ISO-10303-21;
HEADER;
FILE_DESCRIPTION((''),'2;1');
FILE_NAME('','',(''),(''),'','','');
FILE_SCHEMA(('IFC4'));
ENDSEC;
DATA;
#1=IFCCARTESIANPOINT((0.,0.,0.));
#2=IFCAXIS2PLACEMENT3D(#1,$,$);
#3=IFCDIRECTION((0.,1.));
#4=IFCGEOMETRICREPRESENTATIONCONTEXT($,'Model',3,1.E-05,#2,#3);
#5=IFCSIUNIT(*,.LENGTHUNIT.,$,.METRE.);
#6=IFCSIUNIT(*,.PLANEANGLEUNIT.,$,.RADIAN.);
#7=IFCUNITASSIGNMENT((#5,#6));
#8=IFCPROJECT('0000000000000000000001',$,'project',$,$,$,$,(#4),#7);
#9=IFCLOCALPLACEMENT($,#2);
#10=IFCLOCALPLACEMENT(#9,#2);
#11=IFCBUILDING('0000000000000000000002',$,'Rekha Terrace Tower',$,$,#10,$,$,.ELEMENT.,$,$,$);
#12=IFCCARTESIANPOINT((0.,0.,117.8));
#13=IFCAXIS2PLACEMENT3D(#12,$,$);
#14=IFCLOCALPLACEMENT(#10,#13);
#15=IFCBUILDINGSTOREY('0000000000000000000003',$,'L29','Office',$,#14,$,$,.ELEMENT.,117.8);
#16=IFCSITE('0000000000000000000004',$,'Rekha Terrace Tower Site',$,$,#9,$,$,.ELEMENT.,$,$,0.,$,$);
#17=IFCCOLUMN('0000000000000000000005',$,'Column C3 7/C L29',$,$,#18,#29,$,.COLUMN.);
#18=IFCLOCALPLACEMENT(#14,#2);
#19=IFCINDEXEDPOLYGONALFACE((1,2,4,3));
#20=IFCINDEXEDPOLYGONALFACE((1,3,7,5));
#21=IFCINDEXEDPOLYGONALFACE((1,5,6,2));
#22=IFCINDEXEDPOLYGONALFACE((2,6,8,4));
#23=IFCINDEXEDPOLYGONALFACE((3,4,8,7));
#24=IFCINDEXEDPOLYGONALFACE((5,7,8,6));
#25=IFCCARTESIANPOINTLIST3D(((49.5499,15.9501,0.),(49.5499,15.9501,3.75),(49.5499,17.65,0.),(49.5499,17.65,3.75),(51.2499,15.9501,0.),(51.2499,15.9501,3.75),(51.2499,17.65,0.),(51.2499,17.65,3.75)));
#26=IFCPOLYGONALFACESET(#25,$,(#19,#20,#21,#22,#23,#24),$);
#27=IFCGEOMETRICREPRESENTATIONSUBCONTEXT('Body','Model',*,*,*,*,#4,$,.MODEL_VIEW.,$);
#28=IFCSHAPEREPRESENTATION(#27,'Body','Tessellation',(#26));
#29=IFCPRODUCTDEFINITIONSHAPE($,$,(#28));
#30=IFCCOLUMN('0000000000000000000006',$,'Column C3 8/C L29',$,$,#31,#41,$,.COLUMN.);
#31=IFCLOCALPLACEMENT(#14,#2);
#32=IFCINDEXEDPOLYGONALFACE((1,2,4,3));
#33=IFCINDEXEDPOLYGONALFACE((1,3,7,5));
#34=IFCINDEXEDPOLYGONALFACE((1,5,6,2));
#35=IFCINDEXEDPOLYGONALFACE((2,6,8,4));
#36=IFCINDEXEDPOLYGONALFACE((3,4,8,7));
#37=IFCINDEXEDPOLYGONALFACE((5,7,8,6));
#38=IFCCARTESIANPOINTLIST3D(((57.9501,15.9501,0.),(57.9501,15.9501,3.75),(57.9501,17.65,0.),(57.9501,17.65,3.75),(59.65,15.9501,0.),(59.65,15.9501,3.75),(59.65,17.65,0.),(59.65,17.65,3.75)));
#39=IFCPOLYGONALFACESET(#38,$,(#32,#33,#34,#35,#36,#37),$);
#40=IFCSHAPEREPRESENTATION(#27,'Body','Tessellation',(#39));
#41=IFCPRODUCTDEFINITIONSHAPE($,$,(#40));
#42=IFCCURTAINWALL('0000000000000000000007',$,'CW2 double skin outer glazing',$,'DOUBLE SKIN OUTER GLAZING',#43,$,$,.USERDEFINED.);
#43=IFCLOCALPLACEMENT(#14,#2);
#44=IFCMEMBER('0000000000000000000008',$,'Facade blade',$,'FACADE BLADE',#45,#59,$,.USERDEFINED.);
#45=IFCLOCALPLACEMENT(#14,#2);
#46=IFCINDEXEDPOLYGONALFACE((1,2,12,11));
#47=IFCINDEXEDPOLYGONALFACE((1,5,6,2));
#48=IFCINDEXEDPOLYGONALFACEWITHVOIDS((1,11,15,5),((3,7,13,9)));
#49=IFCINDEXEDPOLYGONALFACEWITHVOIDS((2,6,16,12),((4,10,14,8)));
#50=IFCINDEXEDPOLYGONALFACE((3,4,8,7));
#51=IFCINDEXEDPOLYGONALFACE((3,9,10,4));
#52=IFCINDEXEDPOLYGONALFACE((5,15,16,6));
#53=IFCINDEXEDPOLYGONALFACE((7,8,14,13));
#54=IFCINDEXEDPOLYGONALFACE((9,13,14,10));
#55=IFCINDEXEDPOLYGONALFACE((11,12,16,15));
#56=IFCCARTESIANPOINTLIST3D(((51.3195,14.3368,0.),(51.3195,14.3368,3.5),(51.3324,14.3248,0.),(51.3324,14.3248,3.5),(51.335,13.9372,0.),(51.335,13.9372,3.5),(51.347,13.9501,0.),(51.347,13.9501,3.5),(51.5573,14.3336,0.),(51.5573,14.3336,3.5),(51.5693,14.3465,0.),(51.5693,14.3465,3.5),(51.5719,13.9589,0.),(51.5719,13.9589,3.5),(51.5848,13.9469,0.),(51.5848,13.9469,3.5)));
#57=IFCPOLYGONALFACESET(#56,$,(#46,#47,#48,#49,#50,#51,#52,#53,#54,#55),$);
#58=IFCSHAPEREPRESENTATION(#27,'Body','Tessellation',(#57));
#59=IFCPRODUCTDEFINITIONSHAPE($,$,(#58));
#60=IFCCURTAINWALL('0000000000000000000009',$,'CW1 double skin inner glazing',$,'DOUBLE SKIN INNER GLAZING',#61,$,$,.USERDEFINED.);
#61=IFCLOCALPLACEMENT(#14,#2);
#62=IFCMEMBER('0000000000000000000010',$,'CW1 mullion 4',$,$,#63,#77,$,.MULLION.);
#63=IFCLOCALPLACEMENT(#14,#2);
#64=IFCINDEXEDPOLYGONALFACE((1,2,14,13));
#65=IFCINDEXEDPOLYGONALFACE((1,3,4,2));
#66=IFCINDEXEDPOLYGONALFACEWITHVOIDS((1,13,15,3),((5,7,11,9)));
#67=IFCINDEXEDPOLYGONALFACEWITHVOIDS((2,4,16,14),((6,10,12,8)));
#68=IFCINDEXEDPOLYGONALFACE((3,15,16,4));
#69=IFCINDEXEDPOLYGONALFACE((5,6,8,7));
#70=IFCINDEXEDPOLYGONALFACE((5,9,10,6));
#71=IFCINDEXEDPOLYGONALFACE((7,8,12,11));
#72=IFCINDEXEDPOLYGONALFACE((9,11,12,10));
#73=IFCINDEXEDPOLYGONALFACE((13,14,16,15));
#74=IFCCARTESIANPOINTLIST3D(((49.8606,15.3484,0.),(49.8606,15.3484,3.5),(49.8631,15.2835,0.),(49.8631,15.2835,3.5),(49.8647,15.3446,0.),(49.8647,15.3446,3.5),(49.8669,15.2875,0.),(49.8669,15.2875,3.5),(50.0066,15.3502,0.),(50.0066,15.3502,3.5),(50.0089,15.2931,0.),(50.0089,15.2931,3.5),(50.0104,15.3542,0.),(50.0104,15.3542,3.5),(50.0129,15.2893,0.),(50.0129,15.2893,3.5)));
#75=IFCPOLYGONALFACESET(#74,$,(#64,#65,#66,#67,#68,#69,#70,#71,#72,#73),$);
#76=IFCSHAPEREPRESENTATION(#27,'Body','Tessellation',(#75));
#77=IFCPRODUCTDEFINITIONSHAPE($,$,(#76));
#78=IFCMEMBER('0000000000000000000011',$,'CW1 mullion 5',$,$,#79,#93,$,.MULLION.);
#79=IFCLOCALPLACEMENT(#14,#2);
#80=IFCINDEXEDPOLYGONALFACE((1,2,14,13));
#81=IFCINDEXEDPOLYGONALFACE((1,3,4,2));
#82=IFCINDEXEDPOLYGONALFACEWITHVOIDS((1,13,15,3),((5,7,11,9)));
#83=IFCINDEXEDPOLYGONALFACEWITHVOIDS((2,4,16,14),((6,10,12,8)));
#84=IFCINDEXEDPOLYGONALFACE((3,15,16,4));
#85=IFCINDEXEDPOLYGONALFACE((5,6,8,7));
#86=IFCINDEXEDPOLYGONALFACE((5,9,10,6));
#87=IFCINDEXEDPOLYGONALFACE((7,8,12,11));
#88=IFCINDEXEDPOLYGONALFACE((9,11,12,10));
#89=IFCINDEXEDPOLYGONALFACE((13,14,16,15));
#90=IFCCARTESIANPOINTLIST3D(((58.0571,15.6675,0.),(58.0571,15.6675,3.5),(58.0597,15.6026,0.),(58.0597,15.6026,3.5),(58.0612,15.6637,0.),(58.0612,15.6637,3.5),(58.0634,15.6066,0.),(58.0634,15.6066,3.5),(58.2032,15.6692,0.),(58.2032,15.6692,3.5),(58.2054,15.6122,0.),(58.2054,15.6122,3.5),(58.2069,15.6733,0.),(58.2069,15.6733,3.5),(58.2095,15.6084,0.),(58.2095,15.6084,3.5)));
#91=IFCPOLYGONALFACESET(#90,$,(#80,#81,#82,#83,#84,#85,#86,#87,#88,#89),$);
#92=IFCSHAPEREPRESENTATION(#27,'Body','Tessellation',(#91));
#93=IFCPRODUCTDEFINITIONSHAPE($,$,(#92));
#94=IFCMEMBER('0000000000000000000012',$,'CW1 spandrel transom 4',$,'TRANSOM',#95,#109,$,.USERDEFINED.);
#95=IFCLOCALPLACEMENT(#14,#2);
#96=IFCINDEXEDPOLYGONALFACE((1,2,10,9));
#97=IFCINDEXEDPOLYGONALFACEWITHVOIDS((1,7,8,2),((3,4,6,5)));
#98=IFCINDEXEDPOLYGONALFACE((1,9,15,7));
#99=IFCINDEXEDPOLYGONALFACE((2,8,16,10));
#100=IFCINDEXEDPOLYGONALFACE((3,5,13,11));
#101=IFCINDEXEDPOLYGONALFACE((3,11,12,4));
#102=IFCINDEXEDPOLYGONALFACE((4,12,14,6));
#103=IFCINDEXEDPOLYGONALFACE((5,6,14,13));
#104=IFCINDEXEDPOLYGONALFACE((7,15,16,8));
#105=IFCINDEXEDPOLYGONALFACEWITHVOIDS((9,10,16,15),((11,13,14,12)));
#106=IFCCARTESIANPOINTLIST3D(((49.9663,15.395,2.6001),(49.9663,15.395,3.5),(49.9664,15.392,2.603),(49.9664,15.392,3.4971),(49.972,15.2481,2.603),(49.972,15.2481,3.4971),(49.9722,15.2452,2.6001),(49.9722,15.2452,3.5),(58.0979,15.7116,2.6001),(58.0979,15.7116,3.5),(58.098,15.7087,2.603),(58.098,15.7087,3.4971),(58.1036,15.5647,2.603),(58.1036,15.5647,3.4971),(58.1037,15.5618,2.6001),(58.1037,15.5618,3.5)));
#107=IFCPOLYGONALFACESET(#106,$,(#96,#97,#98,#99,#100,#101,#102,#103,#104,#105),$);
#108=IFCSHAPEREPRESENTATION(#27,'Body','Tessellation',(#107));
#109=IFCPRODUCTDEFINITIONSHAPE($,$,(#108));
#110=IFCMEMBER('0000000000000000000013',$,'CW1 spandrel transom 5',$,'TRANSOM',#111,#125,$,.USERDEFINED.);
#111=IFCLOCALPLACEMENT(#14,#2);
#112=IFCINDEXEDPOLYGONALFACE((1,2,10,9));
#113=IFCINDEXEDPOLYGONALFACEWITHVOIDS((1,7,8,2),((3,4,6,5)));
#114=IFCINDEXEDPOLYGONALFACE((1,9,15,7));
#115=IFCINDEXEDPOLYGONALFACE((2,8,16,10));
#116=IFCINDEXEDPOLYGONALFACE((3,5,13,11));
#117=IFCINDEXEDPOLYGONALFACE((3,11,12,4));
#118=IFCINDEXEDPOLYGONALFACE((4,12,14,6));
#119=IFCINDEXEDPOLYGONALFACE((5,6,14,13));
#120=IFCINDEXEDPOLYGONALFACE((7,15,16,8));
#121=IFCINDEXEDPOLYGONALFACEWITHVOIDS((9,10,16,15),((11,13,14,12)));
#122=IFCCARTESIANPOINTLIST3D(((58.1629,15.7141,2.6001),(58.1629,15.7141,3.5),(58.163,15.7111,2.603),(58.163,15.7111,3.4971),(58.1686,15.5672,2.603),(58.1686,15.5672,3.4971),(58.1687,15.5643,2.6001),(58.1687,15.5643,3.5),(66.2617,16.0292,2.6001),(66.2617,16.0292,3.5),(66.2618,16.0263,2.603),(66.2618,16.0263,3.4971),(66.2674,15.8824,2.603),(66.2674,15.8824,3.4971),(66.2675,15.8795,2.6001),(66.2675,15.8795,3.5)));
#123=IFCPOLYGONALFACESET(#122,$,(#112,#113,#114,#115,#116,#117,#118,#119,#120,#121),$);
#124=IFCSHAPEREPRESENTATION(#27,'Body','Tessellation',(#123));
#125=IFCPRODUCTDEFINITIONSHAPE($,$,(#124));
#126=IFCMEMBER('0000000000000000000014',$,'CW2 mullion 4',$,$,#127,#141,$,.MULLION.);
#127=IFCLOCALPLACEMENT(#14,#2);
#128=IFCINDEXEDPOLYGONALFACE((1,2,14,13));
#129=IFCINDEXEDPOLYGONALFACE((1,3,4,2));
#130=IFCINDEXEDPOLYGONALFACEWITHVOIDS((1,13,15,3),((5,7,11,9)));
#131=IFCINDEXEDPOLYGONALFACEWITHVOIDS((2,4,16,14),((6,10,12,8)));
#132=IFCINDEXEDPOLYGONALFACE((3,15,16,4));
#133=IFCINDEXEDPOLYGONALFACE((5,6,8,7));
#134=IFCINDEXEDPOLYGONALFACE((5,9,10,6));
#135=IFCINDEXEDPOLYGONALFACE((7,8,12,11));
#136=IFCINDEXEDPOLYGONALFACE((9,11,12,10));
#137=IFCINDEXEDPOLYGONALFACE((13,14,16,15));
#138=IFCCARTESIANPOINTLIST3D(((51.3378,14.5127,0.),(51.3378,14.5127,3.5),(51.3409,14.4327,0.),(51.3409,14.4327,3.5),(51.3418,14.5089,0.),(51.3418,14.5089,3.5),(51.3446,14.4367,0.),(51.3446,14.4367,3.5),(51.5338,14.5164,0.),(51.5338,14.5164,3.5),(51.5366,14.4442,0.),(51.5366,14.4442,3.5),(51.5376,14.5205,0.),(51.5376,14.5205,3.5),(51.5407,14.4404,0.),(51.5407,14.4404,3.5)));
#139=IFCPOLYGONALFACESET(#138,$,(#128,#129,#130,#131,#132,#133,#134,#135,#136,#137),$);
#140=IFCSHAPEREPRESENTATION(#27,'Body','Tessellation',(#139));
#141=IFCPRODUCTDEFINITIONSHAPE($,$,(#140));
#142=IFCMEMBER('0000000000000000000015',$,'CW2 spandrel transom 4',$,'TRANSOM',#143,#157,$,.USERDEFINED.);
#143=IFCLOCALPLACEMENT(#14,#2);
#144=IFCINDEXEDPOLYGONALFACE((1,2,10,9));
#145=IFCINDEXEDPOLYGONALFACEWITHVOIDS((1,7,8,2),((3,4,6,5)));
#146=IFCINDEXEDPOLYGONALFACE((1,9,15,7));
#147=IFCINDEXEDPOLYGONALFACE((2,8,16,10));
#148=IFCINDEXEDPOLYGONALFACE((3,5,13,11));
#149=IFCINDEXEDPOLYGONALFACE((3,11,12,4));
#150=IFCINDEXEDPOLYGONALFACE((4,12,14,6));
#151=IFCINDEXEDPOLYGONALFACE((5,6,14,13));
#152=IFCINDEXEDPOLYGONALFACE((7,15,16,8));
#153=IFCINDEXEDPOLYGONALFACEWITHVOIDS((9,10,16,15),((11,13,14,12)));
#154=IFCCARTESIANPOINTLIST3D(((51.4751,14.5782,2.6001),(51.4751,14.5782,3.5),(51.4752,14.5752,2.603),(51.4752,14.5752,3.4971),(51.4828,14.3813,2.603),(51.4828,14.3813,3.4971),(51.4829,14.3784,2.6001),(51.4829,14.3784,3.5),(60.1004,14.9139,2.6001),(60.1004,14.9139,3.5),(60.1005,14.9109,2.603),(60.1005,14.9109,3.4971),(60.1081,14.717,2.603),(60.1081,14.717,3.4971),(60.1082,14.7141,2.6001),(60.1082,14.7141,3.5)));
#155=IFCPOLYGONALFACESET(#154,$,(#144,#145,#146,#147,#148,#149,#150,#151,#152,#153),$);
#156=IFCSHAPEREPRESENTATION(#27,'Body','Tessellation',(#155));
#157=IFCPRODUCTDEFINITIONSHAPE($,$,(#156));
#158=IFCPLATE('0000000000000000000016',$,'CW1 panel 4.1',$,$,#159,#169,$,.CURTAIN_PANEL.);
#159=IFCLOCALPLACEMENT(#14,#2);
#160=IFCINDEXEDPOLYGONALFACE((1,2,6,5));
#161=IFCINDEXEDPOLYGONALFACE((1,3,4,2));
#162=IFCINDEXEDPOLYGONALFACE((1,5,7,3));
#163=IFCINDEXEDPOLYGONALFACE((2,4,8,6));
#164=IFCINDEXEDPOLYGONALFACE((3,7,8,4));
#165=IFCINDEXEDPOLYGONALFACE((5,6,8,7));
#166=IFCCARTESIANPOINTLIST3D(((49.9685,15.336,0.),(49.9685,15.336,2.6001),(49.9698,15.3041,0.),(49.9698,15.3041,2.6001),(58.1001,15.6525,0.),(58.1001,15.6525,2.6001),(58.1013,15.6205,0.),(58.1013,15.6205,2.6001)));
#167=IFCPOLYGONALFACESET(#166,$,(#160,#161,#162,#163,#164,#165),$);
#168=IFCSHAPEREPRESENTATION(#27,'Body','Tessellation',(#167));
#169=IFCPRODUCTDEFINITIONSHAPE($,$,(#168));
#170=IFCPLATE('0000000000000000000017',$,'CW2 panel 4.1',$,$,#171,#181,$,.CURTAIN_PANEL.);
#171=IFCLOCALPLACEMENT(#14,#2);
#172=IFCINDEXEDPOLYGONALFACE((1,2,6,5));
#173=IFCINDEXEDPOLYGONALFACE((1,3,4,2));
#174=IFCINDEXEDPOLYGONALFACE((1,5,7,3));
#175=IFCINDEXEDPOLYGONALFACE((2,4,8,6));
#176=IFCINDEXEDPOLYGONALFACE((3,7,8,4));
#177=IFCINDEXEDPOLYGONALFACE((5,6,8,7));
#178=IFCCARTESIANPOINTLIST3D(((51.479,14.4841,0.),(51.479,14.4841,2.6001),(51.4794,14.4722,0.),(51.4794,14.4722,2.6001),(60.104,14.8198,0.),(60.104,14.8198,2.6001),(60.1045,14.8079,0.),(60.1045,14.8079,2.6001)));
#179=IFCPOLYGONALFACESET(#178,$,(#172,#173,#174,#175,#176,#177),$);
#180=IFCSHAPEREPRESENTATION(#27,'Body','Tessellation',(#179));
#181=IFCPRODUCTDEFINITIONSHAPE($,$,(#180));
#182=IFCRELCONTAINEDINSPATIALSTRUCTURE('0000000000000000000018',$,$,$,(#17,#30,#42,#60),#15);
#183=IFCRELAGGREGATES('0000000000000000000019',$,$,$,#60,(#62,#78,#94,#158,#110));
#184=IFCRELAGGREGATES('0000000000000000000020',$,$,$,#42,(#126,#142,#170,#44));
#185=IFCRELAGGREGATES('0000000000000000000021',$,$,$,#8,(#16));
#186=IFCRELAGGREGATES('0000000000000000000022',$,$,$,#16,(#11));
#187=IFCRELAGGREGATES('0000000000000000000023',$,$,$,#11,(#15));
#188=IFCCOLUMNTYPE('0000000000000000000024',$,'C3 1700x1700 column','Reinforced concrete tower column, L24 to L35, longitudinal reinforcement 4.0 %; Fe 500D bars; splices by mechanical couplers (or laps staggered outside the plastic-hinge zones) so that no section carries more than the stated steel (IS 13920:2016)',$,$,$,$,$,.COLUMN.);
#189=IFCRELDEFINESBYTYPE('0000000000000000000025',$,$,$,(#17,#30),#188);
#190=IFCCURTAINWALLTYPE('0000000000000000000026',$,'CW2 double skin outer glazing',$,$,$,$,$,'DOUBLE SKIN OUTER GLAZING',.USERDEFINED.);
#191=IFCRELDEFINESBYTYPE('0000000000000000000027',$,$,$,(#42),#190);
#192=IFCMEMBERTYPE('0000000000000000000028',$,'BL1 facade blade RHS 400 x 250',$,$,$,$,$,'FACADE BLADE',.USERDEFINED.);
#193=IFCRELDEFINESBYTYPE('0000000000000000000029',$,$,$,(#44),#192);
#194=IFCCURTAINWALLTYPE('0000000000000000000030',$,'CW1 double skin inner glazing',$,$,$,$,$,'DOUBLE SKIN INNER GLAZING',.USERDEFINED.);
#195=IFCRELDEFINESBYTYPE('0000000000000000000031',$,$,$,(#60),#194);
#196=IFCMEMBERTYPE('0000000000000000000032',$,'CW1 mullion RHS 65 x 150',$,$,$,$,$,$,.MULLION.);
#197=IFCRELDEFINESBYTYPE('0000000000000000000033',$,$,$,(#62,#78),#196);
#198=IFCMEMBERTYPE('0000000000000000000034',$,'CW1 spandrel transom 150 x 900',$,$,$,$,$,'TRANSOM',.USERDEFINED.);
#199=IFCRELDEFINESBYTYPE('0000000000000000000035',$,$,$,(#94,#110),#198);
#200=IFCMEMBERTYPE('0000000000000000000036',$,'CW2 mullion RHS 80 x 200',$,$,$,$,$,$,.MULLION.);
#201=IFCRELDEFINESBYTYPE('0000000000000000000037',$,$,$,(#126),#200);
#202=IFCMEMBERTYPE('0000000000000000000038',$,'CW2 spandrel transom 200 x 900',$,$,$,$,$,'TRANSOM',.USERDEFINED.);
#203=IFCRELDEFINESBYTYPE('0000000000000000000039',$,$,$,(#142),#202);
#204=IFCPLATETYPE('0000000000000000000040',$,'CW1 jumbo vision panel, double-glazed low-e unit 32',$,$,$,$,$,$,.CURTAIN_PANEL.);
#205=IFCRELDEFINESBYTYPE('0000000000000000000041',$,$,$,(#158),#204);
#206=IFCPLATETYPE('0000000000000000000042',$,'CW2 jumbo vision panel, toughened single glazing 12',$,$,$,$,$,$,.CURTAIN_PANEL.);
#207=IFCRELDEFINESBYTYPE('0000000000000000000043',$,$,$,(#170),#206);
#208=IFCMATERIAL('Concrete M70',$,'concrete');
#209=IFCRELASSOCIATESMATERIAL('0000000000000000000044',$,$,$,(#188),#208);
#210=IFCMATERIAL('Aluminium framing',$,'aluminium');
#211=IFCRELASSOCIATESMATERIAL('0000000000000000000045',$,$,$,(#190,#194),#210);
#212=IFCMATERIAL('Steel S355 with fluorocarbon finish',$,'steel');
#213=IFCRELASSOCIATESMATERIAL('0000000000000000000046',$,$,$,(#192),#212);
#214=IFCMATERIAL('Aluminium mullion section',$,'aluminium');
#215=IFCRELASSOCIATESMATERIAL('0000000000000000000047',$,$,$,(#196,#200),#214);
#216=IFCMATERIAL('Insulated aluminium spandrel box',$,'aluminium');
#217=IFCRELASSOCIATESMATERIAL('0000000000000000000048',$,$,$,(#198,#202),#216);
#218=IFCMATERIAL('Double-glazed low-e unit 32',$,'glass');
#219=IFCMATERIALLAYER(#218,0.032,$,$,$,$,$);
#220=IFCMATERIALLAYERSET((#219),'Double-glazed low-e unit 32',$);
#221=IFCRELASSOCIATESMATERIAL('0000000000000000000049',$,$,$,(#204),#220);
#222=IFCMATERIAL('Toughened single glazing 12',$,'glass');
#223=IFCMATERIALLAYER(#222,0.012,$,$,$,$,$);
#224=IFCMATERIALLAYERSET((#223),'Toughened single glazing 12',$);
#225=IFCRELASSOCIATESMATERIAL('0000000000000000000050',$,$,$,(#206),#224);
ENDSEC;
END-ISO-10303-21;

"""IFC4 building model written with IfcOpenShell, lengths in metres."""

from ifc_helpers import new_model, si_unit, direction, frame, origin, origin_2d, place, context, subcontext, project, spatial, rectangle, hollow_rectangle, extrude, material, layer, layer_set, material_profile, profile_set, type_object, element, aggregate, save


model = new_model("IFC4")

# Units and contexts
model_context = context("Model", 3, precision=1e-05, world=origin(), true_north=direction((0.0, 1.0)))
body_context = subcontext(model_context, "Body", "Model", "MODEL_VIEW")
ifc_project = project(units=[si_unit("LENGTHUNIT", "METRE"), si_unit("PLANEANGLEUNIT", "RADIAN")], contexts=[model_context])

# Site, building, storey
site_placement = place(None, origin())
site = spatial("IfcSite", under=ifc_project, at=site_placement, Name="Rekha Terrace Tower Site", CompositionType="ELEMENT", RefElevation=0.0)
building_placement = place(site_placement, origin())
building = spatial("IfcBuilding", under=site, at=building_placement, Name="Rekha Terrace Tower", CompositionType="ELEMENT")
storey_placement = place(building_placement, frame((0.0, 0.0, 117.8)))
storey = spatial("IfcBuildingStorey", under=building, at=storey_placement, Name="L29", Description="Office", CompositionType="ELEMENT", Elevation=117.8)

# Columns
ifc_material_1 = material(Name="Concrete M70", Category="concrete")
ifc_material_profile_1 = material_profile(ifc_material_1, rectangle(XDim=1.7, YDim=1.7, at=origin_2d()), Name="RC 1700x1700")
ifc_profile_set_1 = profile_set([ifc_material_profile_1], Name="Concrete M70")
column_type = type_object("IfcColumnType", Name="C3 1700x1700 column", Description="Reinforced concrete tower column, L24 to L35, longitudinal reinforcement 4.0 %; Fe 500D bars; splices by mechanical couplers (or laps staggered outside the plastic-hinge zones) so that no section carries more than the stated steel (IS 13920:2016)", PredefinedType="COLUMN", material=ifc_profile_set_1)
for number, where, z_axis, x_axis, name in (
    (1, (50.3999, 16.8, 0.0), (0.0, 0.0, 1.0), (1.0, 0.0, 0.0), "Column C3 7/C L29"),
    (2, (58.8, 16.8, 0.0), (0.0, 0.0, 1.0), (1.0, 0.0, 0.0), "Column C3 8/C L29"),
):
    element("IfcColumn", number, at=place(storey_placement, frame(where, z_axis=z_axis, x_axis=x_axis)), inside=storey, type_object=column_type, Name=name, PredefinedType="COLUMN", context=body_context, shape_type="SweptSolid", body=[
        extrude(rectangle(XDim=1.7, YDim=1.7, at=origin_2d()), origin(), (0.0, 0.0, 1.0), 3.75),
    ])

# Curtain wall, member
ifc_material_2 = material(Name="Aluminium framing", Category="aluminium")
curtain_wall_type_1 = type_object("IfcCurtainWallType", Name="CW2 double skin outer glazing", ElementType="DOUBLE SKIN OUTER GLAZING", PredefinedType="USERDEFINED", material=ifc_material_2)
curtain_wall_1_placement = place(storey_placement, origin())
curtain_wall_1 = element("IfcCurtainWall", 3, at=curtain_wall_1_placement, inside=storey, type_object=curtain_wall_type_1, Name="CW2 double skin outer glazing", ObjectType="DOUBLE SKIN OUTER GLAZING", PredefinedType="USERDEFINED")
ifc_material_3 = material(Name="Steel S355 with fluorocarbon finish", Category="steel")
ifc_material_profile_2 = material_profile(ifc_material_3, hollow_rectangle(XDim=0.25, YDim=0.3999, WallThickness=0.0125, at=origin_2d()), Name="RHS400x250x12.5")
ifc_profile_set_2 = profile_set([ifc_material_profile_2], Name="Steel S355 with fluorocarbon finish")
member_type_1 = type_object("IfcMemberType", Name="BL1 facade blade RHS 400 x 250", ElementType="FACADE BLADE", PredefinedType="USERDEFINED", material=ifc_profile_set_2)
member_1_placement = place(storey_placement, frame((51.4521, 14.1418, 0.0), z_axis=(0.0, 0.0, 1.0), x_axis=(0.999243, 0.03889, 0.0)))
member_1 = element("IfcMember", 4, at=member_1_placement, type_object=member_type_1, Name="Facade blade", ObjectType="FACADE BLADE", PredefinedType="USERDEFINED", context=body_context, shape_type="SweptSolid", body=[
    extrude(hollow_rectangle(XDim=0.25, YDim=0.3999, WallThickness=0.0125, at=origin_2d()), origin(), (0.0, 0.0, 1.0), 3.5),
])

# Curtain wall, members
curtain_wall_type_2 = type_object("IfcCurtainWallType", Name="CW1 double skin inner glazing", ElementType="DOUBLE SKIN INNER GLAZING", PredefinedType="USERDEFINED", material=ifc_material_2)
curtain_wall_2_placement = place(storey_placement, origin())
curtain_wall_2 = element("IfcCurtainWall", 5, at=curtain_wall_2_placement, inside=storey, type_object=curtain_wall_type_2, Name="CW1 double skin inner glazing", ObjectType="DOUBLE SKIN INNER GLAZING", PredefinedType="USERDEFINED")
ifc_material_4 = material(Name="Aluminium mullion section", Category="aluminium")
ifc_material_profile_3 = material_profile(ifc_material_4, hollow_rectangle(XDim=0.0649, YDim=0.1499, WallThickness=0.0039, at=origin_2d()), Name="AL RHS 65x150")
ifc_profile_set_3 = profile_set([ifc_material_profile_3], Name="Aluminium mullion section")
member_type_2 = type_object("IfcMemberType", Name="CW1 mullion RHS 65 x 150", PredefinedType="MULLION", material=ifc_profile_set_3)
member_2_placement = place(storey_placement, frame((49.9368, 15.3188, 0.0), z_axis=(0.0, 0.0, 1.0), x_axis=(-0.03889, 0.999243, 0.0)))
member_2 = element("IfcMember", 6, at=member_2_placement, type_object=member_type_2, Name="CW1 mullion 4", PredefinedType="MULLION", context=body_context, shape_type="SweptSolid", body=[
    extrude(hollow_rectangle(XDim=0.0649, YDim=0.1499, WallThickness=0.0039, at=origin_2d()), origin(), (0.0, 0.0, 1.0), 3.5),
])
member_3_placement = place(storey_placement, frame((58.1333, 15.6379, 0.0), z_axis=(0.0, 0.0, 1.0), x_axis=(-0.03889, 0.999243, 0.0)))
member_3 = element("IfcMember", 7, at=member_3_placement, type_object=member_type_2, Name="CW1 mullion 5", PredefinedType="MULLION", context=body_context, shape_type="SweptSolid", body=[
    extrude(hollow_rectangle(XDim=0.0649, YDim=0.1499, WallThickness=0.0039, at=origin_2d()), origin(), (0.0, 0.0, 1.0), 3.5),
])
ifc_material_5 = material(Name="Insulated aluminium spandrel box", Category="aluminium")
ifc_material_profile_4 = material_profile(ifc_material_5, hollow_rectangle(XDim=0.1499, YDim=0.8999, WallThickness=0.0029, at=origin_2d()), Name="AL SPANDREL BOX 150x900")
ifc_profile_set_4 = profile_set([ifc_material_profile_4], Name="Insulated aluminium spandrel box")
member_type_3 = type_object("IfcMemberType", Name="CW1 spandrel transom 150 x 900", ElementType="TRANSOM", PredefinedType="USERDEFINED", material=ifc_profile_set_4)
member_4_placement = place(storey_placement, frame((49.9692, 15.3201, 3.05), z_axis=(0.999243, 0.038911, 0.0), x_axis=(-0.038911, 0.999243, 0.0)))
member_4 = element("IfcMember", 8, at=member_4_placement, type_object=member_type_3, Name="CW1 spandrel transom 4", ObjectType="TRANSOM", PredefinedType="USERDEFINED", context=body_context, shape_type="SweptSolid", body=[
    extrude(hollow_rectangle(XDim=0.1499, YDim=0.8999, WallThickness=0.0029, at=origin_2d()), origin(), (0.0, 0.0, 1.0), 8.1377),
])
member_5_placement = place(storey_placement, frame((58.1658, 15.6392, 3.05), z_axis=(0.999244, 0.038888, 0.0), x_axis=(-0.038888, 0.999244, 0.0)))
member_5 = element("IfcMember", 9, at=member_5_placement, type_object=member_type_3, Name="CW1 spandrel transom 5", ObjectType="TRANSOM", PredefinedType="USERDEFINED", context=body_context, shape_type="SweptSolid", body=[
    extrude(hollow_rectangle(XDim=0.1499, YDim=0.8999, WallThickness=0.0029, at=origin_2d()), origin(), (0.0, 0.0, 1.0), 8.105),
])

# Members
ifc_material_profile_5 = material_profile(ifc_material_4, hollow_rectangle(XDim=0.0801, YDim=0.2, WallThickness=0.0039, at=origin_2d()), Name="AL RHS 80x200")
ifc_profile_set_5 = profile_set([ifc_material_profile_5], Name="Aluminium mullion section")
member_type_4 = type_object("IfcMemberType", Name="CW2 mullion RHS 80 x 200", PredefinedType="MULLION", material=ifc_profile_set_5)
member_6_placement = place(storey_placement, frame((51.4392, 14.4766, 0.0), z_axis=(0.0, 0.0, 1.0), x_axis=(-0.03889, 0.999243, 0.0)))
member_6 = element("IfcMember", 10, at=member_6_placement, type_object=member_type_4, Name="CW2 mullion 4", PredefinedType="MULLION", context=body_context, shape_type="SweptSolid", body=[
    extrude(hollow_rectangle(XDim=0.0801, YDim=0.2, WallThickness=0.0039, at=origin_2d()), origin(), (0.0, 0.0, 1.0), 3.5),
])
ifc_material_profile_6 = material_profile(ifc_material_5, hollow_rectangle(XDim=0.2, YDim=0.8999, WallThickness=0.0029, at=origin_2d()), Name="AL SPANDREL BOX 200x900")
ifc_profile_set_6 = profile_set([ifc_material_profile_6], Name="Insulated aluminium spandrel box")
member_type_5 = type_object("IfcMemberType", Name="CW2 spandrel transom 200 x 900", ElementType="TRANSOM", PredefinedType="USERDEFINED", material=ifc_profile_set_6)
member_7_placement = place(storey_placement, frame((51.479, 14.4783, 3.05), z_axis=(0.999243, 0.03889, 0.0), x_axis=(-0.03889, 0.999243, 0.0)))
member_7 = element("IfcMember", 11, at=member_7_placement, type_object=member_type_5, Name="CW2 spandrel transom 4", ObjectType="TRANSOM", PredefinedType="USERDEFINED", context=body_context, shape_type="SweptSolid", body=[
    extrude(hollow_rectangle(XDim=0.2, YDim=0.8999, WallThickness=0.0029, at=origin_2d()), origin(), (0.0, 0.0, 1.0), 8.6318),
])

# Plates
ifc_material_6 = material(Name="Double-glazed low-e unit 32", Category="glass")
ifc_layer_1 = layer(ifc_material_6, 0.032)
ifc_layer_set_1 = layer_set([ifc_layer_1], Name="Double-glazed low-e unit 32")
plate_type_1 = type_object("IfcPlateType", Name="CW1 jumbo vision panel, double-glazed low-e unit 32", PredefinedType="CURTAIN_PANEL", material=ifc_layer_set_1)
plate_1_placement = place(storey_placement, frame((54.0349, 15.4783, 0.0), z_axis=(0.0, 0.0, 1.0), x_axis=(0.999243, 0.03889, 0.0)))
plate_1 = element("IfcPlate", 12, at=plate_1_placement, type_object=plate_type_1, Name="CW1 panel 4.1", PredefinedType="CURTAIN_PANEL", context=body_context, shape_type="SweptSolid", body=[
    extrude(rectangle(XDim=8.1377, YDim=0.032, at=origin_2d()), origin(), (0.0, 0.0, 1.0), 2.6001),
])
aggregate(curtain_wall_2, [member_2, member_3, member_4, plate_1, member_5])
ifc_material_7 = material(Name="Toughened single glazing 12", Category="glass")
ifc_layer_2 = layer(ifc_material_7, 0.012)
ifc_layer_set_2 = layer_set([ifc_layer_2], Name="Toughened single glazing 12")
plate_type_2 = type_object("IfcPlateType", Name="CW2 jumbo vision panel, toughened single glazing 12", PredefinedType="CURTAIN_PANEL", material=ifc_layer_set_2)
plate_2_placement = place(storey_placement, frame((55.7917, 14.646, 0.0), z_axis=(0.0, 0.0, 1.0), x_axis=(0.999243, 0.03889, 0.0)))
plate_2 = element("IfcPlate", 13, at=plate_2_placement, type_object=plate_type_2, Name="CW2 panel 4.1", PredefinedType="CURTAIN_PANEL", context=body_context, shape_type="SweptSolid", body=[
    extrude(rectangle(XDim=8.6316, YDim=0.012, at=origin_2d()), origin(), (0.0, 0.0, 1.0), 2.6001),
])
aggregate(curtain_wall_1, [member_6, member_7, plate_2, member_1])

save(model, "model.ifc")
